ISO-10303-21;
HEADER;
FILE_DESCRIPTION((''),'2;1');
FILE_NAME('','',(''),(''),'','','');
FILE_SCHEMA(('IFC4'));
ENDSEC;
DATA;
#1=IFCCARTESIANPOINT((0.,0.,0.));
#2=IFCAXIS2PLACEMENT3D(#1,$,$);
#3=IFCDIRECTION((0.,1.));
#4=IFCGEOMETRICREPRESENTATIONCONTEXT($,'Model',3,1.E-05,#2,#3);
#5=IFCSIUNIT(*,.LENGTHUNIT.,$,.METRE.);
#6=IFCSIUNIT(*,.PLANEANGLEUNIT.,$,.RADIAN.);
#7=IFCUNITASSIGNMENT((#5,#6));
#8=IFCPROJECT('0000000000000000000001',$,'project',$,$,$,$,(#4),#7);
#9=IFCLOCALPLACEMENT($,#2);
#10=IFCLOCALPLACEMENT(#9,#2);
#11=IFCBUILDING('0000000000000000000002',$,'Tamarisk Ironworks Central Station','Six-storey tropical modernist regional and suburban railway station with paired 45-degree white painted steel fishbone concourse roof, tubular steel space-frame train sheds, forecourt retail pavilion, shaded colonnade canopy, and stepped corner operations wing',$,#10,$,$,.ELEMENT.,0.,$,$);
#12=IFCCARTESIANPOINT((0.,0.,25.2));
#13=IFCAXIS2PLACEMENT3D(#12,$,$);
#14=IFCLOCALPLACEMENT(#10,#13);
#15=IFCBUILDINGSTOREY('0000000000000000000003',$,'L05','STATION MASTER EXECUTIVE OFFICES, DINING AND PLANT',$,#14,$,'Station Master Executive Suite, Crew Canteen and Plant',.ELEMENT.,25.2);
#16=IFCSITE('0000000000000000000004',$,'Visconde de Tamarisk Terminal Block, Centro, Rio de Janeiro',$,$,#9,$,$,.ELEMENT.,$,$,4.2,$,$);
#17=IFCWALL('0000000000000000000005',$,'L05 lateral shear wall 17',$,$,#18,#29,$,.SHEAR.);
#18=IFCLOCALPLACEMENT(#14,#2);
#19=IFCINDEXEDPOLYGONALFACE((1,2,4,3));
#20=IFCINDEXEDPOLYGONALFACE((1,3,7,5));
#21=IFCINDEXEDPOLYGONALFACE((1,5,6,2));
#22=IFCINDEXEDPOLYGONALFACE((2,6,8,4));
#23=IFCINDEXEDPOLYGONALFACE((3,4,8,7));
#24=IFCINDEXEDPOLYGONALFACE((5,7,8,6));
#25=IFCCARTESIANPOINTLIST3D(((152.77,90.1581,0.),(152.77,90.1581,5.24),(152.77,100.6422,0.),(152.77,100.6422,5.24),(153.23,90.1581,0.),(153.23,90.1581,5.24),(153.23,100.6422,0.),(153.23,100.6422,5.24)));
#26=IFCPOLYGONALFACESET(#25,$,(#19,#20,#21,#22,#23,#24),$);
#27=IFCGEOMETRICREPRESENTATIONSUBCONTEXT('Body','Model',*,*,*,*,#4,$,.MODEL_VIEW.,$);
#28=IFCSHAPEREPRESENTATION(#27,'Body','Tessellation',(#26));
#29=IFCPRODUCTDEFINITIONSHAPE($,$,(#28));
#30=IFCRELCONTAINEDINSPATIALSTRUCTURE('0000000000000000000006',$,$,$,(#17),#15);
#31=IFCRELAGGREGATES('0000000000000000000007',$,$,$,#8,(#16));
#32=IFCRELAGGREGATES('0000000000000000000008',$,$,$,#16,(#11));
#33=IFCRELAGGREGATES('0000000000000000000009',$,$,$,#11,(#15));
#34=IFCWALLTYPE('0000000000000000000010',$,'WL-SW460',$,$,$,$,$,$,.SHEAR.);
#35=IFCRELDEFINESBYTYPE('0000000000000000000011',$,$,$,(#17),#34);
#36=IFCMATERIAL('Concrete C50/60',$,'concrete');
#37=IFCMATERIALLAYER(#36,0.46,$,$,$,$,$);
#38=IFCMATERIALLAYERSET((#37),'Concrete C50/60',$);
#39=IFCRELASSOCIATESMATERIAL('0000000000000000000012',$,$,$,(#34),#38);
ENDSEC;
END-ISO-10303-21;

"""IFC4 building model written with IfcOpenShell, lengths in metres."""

from ifc_helpers import new_model, si_unit, direction, frame, frame_2d, origin, place, context, subcontext, project, spatial, rectangle, extrude, material, layer, layer_set, type_object, element, save


model = new_model("IFC4")

# Units and contexts
model_context = context("Model", 3, precision=1e-05, world=origin(), true_north=direction((0.0, 1.0)))
body_context = subcontext(model_context, "Body", "Model", "MODEL_VIEW")
ifc_project = project(units=[si_unit("LENGTHUNIT", "METRE"), si_unit("PLANEANGLEUNIT", "RADIAN")], contexts=[model_context])

# Site, building, storey
site_placement = place(None, origin())
site = spatial("IfcSite", under=ifc_project, at=site_placement, Name="Visconde de Tamarisk Terminal Block, Centro, Rio de Janeiro", CompositionType="ELEMENT", RefElevation=4.2)
building_placement = place(site_placement, origin())
building = spatial("IfcBuilding", under=site, at=building_placement, Name="Tamarisk Ironworks Central Station", Description="Six-storey tropical modernist regional and suburban railway station with paired 45-degree white painted steel fishbone concourse roof, tubular steel space-frame train sheds, forecourt retail pavilion, shaded colonnade canopy, and stepped corner operations wing", CompositionType="ELEMENT", ElevationOfRefHeight=0.0)
storey_placement = place(building_placement, frame((0.0, 0.0, 25.2)))
storey = spatial("IfcBuildingStorey", under=building, at=storey_placement, Name="L05", Description="STATION MASTER EXECUTIVE OFFICES, DINING AND PLANT", LongName="Station Master Executive Suite, Crew Canteen and Plant", CompositionType="ELEMENT", Elevation=25.2)

# Wall
ifc_material_1 = material(Name="Concrete C50/60", Category="concrete")
ifc_layer_1 = layer(ifc_material_1, 0.46)
ifc_layer_set_1 = layer_set([ifc_layer_1], Name="Concrete C50/60")
wall_type_1 = type_object("IfcWallType", Name="WL-SW460", PredefinedType="SHEAR", material=ifc_layer_set_1)
wall_1_placement = place(storey_placement, frame((153.0, 90.158, 0.0), z_axis=(0.0, 0.0, 1.0), x_axis=(0.0, 1.0, 0.0)))
element("IfcWall", 1, at=wall_1_placement, inside=storey, type_object=wall_type_1, Name="L05 lateral shear wall 17", PredefinedType="SHEAR", context=body_context, shape_type="SweptSolid", body=[
    extrude(rectangle(XDim=10.4841, YDim=0.46, at=frame_2d((5.2422, 0.0))), origin(), (0.0, 0.0, 1.0), 5.24),
])

save(model, "model.ifc")
